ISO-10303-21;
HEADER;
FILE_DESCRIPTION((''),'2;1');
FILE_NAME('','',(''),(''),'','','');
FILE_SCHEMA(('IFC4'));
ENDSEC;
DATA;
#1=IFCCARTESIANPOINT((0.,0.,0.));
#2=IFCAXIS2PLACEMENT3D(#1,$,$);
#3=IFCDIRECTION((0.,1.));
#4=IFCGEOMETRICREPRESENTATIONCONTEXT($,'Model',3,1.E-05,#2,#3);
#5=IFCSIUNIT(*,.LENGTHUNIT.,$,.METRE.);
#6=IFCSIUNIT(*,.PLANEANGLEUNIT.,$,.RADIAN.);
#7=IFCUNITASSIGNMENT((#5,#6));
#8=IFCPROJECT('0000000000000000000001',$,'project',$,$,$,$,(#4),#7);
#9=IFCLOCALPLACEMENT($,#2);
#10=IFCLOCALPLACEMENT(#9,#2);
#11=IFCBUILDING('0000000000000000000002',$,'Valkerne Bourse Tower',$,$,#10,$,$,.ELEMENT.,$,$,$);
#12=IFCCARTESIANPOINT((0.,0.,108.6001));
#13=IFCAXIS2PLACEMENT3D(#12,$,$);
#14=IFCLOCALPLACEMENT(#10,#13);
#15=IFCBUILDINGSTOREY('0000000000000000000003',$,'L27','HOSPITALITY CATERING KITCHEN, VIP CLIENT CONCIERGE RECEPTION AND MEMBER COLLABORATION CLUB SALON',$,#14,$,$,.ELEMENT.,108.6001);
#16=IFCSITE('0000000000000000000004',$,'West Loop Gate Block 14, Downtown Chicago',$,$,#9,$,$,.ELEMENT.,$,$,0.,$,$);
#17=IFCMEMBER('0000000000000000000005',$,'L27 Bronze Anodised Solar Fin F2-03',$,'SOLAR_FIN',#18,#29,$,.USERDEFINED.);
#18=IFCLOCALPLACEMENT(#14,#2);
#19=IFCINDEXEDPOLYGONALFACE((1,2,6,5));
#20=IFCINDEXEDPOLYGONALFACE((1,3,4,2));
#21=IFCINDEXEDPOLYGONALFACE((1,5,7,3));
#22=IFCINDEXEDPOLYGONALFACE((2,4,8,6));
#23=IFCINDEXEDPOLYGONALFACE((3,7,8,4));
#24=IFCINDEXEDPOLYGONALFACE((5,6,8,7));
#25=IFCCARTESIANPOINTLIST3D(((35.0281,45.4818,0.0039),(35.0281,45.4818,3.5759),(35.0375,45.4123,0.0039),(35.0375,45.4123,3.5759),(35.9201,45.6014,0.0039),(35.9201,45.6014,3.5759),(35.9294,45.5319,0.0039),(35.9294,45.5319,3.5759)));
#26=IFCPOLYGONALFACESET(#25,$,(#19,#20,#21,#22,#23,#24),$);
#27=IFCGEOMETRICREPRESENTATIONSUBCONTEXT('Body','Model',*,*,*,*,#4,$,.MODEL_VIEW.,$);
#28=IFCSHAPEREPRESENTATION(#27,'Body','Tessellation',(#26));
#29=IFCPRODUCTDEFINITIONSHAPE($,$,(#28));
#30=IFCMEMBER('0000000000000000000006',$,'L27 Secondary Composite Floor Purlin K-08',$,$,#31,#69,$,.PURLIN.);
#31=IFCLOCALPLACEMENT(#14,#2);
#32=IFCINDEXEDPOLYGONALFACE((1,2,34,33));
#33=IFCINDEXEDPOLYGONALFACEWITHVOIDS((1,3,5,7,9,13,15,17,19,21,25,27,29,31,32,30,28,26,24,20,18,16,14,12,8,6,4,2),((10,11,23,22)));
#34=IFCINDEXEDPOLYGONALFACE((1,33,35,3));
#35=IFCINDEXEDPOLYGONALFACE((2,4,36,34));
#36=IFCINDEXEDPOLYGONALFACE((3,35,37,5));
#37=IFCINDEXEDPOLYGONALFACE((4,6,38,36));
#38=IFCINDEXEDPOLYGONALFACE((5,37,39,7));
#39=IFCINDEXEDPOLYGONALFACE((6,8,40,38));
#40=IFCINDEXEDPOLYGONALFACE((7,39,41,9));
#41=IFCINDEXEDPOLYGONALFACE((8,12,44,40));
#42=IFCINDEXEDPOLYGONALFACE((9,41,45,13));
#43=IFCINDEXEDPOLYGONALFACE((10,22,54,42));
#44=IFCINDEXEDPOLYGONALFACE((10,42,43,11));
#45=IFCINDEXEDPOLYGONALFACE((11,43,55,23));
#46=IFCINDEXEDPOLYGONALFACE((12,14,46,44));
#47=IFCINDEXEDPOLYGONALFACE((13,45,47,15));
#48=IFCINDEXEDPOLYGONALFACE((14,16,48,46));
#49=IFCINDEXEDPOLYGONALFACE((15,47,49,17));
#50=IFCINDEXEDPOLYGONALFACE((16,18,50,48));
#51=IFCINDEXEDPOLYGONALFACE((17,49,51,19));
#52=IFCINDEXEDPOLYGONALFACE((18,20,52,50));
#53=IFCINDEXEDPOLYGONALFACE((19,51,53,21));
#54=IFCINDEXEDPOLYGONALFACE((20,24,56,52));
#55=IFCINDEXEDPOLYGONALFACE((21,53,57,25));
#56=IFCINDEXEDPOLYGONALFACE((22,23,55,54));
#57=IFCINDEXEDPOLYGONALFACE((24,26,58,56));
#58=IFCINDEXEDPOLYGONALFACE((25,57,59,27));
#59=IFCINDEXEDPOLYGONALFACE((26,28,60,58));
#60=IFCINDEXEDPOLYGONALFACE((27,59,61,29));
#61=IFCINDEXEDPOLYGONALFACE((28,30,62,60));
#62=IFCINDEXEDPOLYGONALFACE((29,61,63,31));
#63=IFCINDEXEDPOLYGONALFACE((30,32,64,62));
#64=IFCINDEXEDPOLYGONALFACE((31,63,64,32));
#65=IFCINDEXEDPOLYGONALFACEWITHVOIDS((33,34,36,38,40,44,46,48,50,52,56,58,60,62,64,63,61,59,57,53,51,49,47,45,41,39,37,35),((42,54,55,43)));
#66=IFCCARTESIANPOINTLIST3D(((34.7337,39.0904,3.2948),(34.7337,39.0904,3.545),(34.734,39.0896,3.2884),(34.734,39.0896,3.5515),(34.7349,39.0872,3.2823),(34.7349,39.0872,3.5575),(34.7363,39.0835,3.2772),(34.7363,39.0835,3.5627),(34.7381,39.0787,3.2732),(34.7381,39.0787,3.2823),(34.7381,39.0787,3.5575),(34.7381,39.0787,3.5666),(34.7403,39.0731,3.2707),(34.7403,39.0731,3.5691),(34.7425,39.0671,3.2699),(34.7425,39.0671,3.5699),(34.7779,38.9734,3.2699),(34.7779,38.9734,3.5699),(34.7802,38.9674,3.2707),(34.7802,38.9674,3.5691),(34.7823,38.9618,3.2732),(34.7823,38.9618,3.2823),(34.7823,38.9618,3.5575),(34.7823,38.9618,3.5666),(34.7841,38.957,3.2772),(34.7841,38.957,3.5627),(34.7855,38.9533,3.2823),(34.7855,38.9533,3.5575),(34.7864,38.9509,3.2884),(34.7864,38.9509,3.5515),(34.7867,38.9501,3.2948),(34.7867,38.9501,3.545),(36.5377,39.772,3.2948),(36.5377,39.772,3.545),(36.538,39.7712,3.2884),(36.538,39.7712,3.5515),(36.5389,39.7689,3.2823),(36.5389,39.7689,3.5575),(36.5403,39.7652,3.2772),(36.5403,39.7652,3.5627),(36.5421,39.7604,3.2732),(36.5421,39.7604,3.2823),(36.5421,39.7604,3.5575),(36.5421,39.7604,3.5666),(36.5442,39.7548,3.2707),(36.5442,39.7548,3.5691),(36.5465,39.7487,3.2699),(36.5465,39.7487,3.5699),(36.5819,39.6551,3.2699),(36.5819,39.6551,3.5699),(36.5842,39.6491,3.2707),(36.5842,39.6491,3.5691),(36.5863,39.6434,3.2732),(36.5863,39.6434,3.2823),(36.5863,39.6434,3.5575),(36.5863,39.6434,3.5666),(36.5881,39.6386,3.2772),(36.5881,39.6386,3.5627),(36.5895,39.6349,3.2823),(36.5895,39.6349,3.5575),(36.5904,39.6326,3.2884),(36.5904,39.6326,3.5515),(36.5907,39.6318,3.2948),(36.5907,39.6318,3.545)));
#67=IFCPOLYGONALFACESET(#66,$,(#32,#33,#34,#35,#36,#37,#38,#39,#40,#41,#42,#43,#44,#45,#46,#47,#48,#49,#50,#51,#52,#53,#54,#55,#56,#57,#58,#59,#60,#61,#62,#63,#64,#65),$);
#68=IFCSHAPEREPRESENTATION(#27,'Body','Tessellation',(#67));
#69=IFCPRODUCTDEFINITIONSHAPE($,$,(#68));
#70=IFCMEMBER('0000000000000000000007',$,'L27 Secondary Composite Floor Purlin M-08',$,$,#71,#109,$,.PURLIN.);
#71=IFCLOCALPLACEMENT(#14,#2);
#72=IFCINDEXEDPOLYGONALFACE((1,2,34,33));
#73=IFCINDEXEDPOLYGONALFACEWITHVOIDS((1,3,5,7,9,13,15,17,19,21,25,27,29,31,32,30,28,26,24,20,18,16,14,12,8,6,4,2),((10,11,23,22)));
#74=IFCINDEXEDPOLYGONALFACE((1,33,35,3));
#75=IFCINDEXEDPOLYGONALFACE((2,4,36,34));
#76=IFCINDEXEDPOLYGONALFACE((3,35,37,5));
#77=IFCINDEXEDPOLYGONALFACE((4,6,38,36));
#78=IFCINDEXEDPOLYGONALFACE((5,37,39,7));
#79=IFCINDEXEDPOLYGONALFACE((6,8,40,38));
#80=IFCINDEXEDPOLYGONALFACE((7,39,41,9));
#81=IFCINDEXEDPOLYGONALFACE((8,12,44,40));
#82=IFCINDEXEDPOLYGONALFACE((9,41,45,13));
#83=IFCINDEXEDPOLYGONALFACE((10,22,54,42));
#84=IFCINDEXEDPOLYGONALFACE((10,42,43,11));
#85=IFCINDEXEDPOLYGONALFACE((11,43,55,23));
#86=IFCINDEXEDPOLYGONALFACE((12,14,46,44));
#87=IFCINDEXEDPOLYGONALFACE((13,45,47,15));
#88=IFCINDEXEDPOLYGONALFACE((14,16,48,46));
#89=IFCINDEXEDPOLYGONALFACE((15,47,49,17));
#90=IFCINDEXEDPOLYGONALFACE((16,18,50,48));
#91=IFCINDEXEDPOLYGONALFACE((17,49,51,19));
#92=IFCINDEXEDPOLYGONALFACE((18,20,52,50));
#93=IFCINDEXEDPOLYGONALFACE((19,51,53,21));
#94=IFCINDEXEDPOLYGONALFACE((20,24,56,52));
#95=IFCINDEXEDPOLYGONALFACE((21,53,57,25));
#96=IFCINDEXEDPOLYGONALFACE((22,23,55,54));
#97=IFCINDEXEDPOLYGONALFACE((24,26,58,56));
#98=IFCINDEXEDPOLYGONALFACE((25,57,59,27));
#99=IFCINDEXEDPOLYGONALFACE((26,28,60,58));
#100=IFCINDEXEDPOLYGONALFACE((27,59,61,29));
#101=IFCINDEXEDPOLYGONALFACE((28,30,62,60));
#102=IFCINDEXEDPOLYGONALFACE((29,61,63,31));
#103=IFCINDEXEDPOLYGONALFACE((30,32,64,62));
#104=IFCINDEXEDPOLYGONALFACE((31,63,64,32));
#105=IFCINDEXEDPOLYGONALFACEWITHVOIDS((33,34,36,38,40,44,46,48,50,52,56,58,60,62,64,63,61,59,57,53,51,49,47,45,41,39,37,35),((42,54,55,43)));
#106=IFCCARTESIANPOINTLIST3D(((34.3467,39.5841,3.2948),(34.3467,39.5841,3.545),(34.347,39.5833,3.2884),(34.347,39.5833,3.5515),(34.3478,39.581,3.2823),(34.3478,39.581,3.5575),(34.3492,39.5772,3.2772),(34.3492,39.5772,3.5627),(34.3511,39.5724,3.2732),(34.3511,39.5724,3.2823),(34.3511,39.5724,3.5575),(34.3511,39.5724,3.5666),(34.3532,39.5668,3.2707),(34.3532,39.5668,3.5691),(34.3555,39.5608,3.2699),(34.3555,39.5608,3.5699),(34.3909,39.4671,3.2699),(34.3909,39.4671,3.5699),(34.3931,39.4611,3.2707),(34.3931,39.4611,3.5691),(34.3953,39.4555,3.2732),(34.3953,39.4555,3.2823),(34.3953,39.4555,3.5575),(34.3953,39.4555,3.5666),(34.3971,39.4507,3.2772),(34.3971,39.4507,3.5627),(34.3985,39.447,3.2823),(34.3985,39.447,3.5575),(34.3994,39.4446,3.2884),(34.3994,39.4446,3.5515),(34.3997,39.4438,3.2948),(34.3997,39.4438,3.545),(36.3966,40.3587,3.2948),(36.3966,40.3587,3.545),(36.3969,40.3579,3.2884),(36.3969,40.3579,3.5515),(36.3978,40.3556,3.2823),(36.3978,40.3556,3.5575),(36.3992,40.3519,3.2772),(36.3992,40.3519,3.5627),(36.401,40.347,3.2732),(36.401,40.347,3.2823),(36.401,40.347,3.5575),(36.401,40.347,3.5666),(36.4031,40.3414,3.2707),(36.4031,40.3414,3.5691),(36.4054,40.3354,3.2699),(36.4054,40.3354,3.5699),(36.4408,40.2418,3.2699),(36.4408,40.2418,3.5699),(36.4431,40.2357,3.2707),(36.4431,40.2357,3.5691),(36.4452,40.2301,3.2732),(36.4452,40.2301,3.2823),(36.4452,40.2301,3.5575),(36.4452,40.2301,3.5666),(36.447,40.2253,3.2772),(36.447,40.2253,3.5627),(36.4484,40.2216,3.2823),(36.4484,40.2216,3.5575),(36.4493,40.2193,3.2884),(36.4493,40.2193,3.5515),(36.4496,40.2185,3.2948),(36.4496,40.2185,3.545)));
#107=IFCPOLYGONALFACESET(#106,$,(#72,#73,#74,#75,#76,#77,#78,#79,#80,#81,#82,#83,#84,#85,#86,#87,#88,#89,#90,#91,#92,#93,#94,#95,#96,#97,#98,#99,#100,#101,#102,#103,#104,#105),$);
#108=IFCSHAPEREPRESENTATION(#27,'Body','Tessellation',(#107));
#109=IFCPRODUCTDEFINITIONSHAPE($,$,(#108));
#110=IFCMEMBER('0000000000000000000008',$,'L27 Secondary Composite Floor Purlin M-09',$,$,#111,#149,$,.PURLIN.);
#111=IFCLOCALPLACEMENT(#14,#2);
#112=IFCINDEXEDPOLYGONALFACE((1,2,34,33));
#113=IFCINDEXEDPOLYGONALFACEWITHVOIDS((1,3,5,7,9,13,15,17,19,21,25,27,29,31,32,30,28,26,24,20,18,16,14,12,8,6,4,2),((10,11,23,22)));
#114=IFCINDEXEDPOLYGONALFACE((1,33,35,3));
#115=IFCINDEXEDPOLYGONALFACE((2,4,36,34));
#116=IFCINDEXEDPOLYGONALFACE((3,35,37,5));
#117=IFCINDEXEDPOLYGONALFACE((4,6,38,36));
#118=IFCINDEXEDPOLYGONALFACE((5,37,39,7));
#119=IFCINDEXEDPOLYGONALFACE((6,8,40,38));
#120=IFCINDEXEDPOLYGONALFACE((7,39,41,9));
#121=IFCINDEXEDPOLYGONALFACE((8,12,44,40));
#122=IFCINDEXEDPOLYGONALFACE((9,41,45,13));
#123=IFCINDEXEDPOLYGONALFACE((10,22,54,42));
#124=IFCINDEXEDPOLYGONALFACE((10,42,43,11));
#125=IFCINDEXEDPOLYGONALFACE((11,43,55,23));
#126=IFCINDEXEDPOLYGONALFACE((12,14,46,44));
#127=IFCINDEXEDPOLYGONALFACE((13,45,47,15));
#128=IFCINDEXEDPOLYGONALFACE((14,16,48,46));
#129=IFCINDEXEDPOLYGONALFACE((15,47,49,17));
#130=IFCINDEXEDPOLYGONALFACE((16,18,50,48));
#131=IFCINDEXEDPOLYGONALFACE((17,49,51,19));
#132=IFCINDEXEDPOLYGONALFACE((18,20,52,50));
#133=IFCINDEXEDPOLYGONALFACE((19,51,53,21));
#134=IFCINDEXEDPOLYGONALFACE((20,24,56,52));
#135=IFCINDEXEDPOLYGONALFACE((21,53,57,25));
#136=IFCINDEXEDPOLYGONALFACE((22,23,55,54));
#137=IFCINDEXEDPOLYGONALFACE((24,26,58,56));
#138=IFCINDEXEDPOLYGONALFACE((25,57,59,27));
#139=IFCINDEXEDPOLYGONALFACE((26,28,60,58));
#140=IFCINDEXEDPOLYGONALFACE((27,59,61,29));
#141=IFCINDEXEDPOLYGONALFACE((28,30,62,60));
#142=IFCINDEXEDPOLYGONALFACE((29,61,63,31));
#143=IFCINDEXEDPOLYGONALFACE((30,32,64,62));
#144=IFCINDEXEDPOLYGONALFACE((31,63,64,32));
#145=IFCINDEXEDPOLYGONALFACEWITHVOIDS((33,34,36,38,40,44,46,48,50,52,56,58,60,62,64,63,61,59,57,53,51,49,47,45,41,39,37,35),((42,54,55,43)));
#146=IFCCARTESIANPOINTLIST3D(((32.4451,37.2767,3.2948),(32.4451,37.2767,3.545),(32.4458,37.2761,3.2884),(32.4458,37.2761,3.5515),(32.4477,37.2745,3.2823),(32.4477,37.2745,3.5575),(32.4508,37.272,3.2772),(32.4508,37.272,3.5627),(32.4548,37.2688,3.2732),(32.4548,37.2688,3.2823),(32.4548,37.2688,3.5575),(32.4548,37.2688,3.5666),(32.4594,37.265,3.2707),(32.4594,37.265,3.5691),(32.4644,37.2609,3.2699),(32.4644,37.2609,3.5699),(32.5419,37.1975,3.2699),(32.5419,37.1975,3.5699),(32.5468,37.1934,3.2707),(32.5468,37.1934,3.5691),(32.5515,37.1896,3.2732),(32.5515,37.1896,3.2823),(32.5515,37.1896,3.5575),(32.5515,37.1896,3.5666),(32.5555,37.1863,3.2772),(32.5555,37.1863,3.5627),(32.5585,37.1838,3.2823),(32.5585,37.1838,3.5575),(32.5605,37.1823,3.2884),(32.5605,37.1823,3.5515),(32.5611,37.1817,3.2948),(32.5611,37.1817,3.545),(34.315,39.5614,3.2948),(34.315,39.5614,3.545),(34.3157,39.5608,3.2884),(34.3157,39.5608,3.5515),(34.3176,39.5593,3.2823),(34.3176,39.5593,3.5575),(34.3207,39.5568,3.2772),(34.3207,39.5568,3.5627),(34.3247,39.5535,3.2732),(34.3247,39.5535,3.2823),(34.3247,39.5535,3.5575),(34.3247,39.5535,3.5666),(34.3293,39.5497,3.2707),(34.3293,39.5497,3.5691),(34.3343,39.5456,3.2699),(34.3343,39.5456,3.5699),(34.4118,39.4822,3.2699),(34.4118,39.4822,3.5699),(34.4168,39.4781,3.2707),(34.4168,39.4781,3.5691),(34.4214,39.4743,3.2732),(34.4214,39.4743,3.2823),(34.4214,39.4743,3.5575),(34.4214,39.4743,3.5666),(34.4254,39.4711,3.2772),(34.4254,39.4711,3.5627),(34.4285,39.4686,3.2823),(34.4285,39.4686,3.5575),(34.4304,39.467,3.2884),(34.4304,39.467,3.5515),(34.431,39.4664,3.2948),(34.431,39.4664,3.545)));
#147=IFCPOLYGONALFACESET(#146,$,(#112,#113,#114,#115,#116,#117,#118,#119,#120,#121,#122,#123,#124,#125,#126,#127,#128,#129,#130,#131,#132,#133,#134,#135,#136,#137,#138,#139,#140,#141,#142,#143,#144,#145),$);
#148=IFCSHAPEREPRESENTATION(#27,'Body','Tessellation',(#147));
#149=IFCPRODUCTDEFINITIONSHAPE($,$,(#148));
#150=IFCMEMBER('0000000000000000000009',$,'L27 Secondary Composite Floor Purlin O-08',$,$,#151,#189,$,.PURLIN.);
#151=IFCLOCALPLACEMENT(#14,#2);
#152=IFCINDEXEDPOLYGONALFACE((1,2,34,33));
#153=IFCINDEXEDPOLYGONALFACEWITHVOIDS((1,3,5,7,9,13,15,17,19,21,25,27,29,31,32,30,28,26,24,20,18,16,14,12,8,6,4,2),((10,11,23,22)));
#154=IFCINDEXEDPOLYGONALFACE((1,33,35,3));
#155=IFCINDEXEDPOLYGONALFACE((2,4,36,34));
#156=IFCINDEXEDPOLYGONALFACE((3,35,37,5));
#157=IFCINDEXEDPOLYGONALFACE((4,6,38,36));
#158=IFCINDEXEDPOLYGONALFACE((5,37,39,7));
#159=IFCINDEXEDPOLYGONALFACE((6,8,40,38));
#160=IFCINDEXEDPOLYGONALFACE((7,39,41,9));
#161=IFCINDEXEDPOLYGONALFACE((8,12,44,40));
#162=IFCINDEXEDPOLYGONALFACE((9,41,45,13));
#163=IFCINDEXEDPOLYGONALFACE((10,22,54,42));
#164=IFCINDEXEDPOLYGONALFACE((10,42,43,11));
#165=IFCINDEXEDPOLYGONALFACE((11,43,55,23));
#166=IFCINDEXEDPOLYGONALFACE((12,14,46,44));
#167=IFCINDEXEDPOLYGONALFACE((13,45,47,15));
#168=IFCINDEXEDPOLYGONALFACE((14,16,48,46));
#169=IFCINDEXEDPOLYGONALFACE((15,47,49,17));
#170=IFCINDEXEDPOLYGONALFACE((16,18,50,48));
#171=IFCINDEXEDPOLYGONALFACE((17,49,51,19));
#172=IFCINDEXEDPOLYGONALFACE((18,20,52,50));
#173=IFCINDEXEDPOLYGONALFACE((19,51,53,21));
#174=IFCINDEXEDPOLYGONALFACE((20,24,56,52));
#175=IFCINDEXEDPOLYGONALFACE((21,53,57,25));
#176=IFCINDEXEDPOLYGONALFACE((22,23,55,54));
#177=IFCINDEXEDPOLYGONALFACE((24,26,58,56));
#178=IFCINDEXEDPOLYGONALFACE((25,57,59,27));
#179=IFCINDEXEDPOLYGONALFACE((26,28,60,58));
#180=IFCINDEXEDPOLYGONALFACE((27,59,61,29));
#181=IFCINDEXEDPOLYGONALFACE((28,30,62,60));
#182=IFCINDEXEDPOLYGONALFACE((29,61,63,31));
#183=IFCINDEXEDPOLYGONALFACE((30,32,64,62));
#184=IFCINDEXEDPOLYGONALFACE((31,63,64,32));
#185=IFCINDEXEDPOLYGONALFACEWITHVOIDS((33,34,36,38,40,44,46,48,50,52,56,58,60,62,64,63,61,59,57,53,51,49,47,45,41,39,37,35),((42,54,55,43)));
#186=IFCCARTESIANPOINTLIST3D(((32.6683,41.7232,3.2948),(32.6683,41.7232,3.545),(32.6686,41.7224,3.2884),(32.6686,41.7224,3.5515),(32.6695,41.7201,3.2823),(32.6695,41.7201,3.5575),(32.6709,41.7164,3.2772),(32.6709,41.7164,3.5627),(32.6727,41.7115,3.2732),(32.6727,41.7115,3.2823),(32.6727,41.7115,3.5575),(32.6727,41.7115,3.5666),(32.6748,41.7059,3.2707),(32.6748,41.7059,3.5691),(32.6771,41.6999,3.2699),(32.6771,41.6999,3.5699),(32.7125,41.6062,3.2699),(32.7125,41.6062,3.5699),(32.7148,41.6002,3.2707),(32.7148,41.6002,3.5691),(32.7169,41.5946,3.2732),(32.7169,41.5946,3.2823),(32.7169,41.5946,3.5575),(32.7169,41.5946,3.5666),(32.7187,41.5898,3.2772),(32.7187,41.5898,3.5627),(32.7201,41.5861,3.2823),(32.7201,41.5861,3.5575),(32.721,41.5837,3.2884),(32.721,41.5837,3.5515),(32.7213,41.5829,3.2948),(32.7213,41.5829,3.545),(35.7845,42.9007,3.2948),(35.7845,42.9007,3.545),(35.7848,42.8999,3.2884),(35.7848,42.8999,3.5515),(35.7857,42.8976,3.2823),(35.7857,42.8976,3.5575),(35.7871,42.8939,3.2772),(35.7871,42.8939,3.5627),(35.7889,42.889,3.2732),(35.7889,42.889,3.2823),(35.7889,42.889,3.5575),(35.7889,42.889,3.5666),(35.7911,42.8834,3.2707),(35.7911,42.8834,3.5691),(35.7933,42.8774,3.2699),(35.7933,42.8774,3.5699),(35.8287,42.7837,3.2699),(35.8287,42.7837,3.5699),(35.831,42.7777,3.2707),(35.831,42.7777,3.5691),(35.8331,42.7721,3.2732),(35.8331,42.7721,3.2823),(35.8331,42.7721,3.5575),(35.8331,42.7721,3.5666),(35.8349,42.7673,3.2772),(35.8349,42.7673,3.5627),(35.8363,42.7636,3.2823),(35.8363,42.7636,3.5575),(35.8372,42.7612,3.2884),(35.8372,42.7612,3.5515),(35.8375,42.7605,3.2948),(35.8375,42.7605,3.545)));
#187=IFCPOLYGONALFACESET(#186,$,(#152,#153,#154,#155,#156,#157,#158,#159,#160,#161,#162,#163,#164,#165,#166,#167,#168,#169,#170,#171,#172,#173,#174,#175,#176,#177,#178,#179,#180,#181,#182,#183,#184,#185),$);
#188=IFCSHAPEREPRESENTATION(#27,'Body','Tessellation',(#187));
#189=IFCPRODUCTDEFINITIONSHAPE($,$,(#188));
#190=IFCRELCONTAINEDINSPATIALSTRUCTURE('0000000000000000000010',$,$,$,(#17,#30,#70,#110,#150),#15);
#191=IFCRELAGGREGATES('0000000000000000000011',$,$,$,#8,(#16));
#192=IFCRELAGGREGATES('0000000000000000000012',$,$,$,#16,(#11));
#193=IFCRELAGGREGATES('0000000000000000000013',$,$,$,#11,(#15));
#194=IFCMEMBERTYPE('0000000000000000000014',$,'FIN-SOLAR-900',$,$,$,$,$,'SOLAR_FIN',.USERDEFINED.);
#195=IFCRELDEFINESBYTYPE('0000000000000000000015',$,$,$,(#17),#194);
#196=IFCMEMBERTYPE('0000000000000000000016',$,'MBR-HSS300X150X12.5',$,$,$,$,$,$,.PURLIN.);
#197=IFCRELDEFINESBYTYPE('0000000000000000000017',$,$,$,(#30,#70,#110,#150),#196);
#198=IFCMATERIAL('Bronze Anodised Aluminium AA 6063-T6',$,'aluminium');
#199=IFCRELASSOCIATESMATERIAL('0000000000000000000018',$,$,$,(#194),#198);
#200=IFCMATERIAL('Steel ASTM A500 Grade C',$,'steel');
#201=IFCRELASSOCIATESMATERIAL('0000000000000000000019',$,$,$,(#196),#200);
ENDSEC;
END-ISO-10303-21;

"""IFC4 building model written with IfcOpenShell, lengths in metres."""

from ifc_helpers import new_model, si_unit, direction, frame, origin, origin_2d, place, context, subcontext, project, spatial, rectangle, hollow_rectangle, extrude, material, material_profile, profile_set, type_object, element, save


model = new_model("IFC4")

# Units and contexts
model_context = context("Model", 3, precision=1e-05, world=origin(), true_north=direction((0.0, 1.0)))
body_context = subcontext(model_context, "Body", "Model", "MODEL_VIEW")
ifc_project = project(units=[si_unit("LENGTHUNIT", "METRE"), si_unit("PLANEANGLEUNIT", "RADIAN")], contexts=[model_context])

# Site, building, storey
site_placement = place(None, origin())
site = spatial("IfcSite", under=ifc_project, at=site_placement, Name="West Loop Gate Block 14, Downtown Chicago", CompositionType="ELEMENT", RefElevation=0.0)
building_placement = place(site_placement, origin())
building = spatial("IfcBuilding", under=site, at=building_placement, Name="Valkerne Bourse Tower", CompositionType="ELEMENT")
storey_placement = place(building_placement, frame((0.0, 0.0, 108.6001)))
storey = spatial("IfcBuildingStorey", under=building, at=storey_placement, Name="L27", Description="HOSPITALITY CATERING KITCHEN, VIP CLIENT CONCIERGE RECEPTION AND MEMBER COLLABORATION CLUB SALON", CompositionType="ELEMENT", Elevation=108.6001)

# Members
ifc_material_1 = material(Name="Bronze Anodised Aluminium AA 6063-T6", Category="aluminium")
ifc_material_profile_1 = material_profile(ifc_material_1, rectangle(XDim=0.0701, YDim=0.8999, at=origin_2d()), Name="FIN-70X900")
ifc_profile_set_1 = profile_set([ifc_material_profile_1], Name="Bronze Anodised Aluminium AA 6063-T6")
member_type_1 = type_object("IfcMemberType", Name="FIN-SOLAR-900", ElementType="SOLAR_FIN", PredefinedType="USERDEFINED", material=ifc_profile_set_1)
member_1_placement = place(storey_placement, frame((35.4788, 45.5068, 0.0039), z_axis=(0.0, 0.0, 1.0), x_axis=(-0.132916, 0.991127, 0.0)))
element("IfcMember", 1, at=member_1_placement, inside=storey, type_object=member_type_1, Name="L27 Bronze Anodised Solar Fin F2-03", ObjectType="SOLAR_FIN", PredefinedType="USERDEFINED", context=body_context, shape_type="SweptSolid", body=[
    extrude(rectangle(XDim=0.0701, YDim=0.8999, at=origin_2d()), origin(), (0.0, 0.0, 1.0), 3.572),
])
ifc_material_2 = material(Name="Steel ASTM A500 Grade C", Category="steel")
ifc_material_profile_2 = material_profile(ifc_material_2, hollow_rectangle(XDim=0.1499, YDim=0.3, WallThickness=0.0125, OuterFilletRadius=0.0249, at=origin_2d()), Name="HSS300X150X12.5")
ifc_profile_set_2 = profile_set([ifc_material_profile_2], Name="Steel ASTM A500 Grade C")
member_type_2 = type_object("IfcMemberType", Name="MBR-HSS300X150X12.5", PredefinedType="PURLIN", material=ifc_profile_set_2)
member_2_placement = place(storey_placement, frame((36.5642, 39.7019, 3.4199), z_axis=(-0.935447, -0.353467, 0.0), x_axis=(0.353467, -0.935447, 0.0)))
element("IfcMember", 2, at=member_2_placement, inside=storey, type_object=member_type_2, Name="L27 Secondary Composite Floor Purlin K-08", PredefinedType="PURLIN", context=body_context, shape_type="SweptSolid", body=[
    extrude(hollow_rectangle(XDim=0.1499, YDim=0.3, WallThickness=0.0125, OuterFilletRadius=0.0249, at=origin_2d()), origin(), (0.0, 0.0, 1.0), 1.9285),
])
member_3_placement = place(storey_placement, frame((36.4231, 40.2886, 3.4199), z_axis=(-0.935443, -0.353479, 0.0), x_axis=(0.353479, -0.935443, 0.0)))
element("IfcMember", 3, at=member_3_placement, inside=storey, type_object=member_type_2, Name="L27 Secondary Composite Floor Purlin M-08", PredefinedType="PURLIN", context=body_context, shape_type="SweptSolid", body=[
    extrude(hollow_rectangle(XDim=0.1499, YDim=0.3, WallThickness=0.0125, OuterFilletRadius=0.0249, at=origin_2d()), origin(), (0.0, 0.0, 1.0), 2.1914),
])
member_4_placement = place(storey_placement, frame((34.373, 39.5139, 3.4199), z_axis=(-0.633359, -0.773858, 0.0), x_axis=(0.773858, -0.633359, 0.0)))
element("IfcMember", 4, at=member_4_placement, inside=storey, type_object=member_type_2, Name="L27 Secondary Composite Floor Purlin M-09", PredefinedType="PURLIN", context=body_context, shape_type="SweptSolid", body=[
    extrude(hollow_rectangle(XDim=0.1499, YDim=0.3, WallThickness=0.0125, OuterFilletRadius=0.0249, at=origin_2d()), origin(), (0.0, 0.0, 1.0), 2.9524),
])
member_5_placement = place(storey_placement, frame((35.811, 42.8306, 3.4199), z_axis=(-0.935447, -0.353468, 0.0), x_axis=(0.353468, -0.935447, 0.0)))
element("IfcMember", 5, at=member_5_placement, inside=storey, type_object=member_type_2, Name="L27 Secondary Composite Floor Purlin O-08", PredefinedType="PURLIN", context=body_context, shape_type="SweptSolid", body=[
    extrude(hollow_rectangle(XDim=0.1499, YDim=0.3, WallThickness=0.0125, OuterFilletRadius=0.0249, at=origin_2d()), origin(), (0.0, 0.0, 1.0), 3.3313),
])

save(model, "model.ifc")
